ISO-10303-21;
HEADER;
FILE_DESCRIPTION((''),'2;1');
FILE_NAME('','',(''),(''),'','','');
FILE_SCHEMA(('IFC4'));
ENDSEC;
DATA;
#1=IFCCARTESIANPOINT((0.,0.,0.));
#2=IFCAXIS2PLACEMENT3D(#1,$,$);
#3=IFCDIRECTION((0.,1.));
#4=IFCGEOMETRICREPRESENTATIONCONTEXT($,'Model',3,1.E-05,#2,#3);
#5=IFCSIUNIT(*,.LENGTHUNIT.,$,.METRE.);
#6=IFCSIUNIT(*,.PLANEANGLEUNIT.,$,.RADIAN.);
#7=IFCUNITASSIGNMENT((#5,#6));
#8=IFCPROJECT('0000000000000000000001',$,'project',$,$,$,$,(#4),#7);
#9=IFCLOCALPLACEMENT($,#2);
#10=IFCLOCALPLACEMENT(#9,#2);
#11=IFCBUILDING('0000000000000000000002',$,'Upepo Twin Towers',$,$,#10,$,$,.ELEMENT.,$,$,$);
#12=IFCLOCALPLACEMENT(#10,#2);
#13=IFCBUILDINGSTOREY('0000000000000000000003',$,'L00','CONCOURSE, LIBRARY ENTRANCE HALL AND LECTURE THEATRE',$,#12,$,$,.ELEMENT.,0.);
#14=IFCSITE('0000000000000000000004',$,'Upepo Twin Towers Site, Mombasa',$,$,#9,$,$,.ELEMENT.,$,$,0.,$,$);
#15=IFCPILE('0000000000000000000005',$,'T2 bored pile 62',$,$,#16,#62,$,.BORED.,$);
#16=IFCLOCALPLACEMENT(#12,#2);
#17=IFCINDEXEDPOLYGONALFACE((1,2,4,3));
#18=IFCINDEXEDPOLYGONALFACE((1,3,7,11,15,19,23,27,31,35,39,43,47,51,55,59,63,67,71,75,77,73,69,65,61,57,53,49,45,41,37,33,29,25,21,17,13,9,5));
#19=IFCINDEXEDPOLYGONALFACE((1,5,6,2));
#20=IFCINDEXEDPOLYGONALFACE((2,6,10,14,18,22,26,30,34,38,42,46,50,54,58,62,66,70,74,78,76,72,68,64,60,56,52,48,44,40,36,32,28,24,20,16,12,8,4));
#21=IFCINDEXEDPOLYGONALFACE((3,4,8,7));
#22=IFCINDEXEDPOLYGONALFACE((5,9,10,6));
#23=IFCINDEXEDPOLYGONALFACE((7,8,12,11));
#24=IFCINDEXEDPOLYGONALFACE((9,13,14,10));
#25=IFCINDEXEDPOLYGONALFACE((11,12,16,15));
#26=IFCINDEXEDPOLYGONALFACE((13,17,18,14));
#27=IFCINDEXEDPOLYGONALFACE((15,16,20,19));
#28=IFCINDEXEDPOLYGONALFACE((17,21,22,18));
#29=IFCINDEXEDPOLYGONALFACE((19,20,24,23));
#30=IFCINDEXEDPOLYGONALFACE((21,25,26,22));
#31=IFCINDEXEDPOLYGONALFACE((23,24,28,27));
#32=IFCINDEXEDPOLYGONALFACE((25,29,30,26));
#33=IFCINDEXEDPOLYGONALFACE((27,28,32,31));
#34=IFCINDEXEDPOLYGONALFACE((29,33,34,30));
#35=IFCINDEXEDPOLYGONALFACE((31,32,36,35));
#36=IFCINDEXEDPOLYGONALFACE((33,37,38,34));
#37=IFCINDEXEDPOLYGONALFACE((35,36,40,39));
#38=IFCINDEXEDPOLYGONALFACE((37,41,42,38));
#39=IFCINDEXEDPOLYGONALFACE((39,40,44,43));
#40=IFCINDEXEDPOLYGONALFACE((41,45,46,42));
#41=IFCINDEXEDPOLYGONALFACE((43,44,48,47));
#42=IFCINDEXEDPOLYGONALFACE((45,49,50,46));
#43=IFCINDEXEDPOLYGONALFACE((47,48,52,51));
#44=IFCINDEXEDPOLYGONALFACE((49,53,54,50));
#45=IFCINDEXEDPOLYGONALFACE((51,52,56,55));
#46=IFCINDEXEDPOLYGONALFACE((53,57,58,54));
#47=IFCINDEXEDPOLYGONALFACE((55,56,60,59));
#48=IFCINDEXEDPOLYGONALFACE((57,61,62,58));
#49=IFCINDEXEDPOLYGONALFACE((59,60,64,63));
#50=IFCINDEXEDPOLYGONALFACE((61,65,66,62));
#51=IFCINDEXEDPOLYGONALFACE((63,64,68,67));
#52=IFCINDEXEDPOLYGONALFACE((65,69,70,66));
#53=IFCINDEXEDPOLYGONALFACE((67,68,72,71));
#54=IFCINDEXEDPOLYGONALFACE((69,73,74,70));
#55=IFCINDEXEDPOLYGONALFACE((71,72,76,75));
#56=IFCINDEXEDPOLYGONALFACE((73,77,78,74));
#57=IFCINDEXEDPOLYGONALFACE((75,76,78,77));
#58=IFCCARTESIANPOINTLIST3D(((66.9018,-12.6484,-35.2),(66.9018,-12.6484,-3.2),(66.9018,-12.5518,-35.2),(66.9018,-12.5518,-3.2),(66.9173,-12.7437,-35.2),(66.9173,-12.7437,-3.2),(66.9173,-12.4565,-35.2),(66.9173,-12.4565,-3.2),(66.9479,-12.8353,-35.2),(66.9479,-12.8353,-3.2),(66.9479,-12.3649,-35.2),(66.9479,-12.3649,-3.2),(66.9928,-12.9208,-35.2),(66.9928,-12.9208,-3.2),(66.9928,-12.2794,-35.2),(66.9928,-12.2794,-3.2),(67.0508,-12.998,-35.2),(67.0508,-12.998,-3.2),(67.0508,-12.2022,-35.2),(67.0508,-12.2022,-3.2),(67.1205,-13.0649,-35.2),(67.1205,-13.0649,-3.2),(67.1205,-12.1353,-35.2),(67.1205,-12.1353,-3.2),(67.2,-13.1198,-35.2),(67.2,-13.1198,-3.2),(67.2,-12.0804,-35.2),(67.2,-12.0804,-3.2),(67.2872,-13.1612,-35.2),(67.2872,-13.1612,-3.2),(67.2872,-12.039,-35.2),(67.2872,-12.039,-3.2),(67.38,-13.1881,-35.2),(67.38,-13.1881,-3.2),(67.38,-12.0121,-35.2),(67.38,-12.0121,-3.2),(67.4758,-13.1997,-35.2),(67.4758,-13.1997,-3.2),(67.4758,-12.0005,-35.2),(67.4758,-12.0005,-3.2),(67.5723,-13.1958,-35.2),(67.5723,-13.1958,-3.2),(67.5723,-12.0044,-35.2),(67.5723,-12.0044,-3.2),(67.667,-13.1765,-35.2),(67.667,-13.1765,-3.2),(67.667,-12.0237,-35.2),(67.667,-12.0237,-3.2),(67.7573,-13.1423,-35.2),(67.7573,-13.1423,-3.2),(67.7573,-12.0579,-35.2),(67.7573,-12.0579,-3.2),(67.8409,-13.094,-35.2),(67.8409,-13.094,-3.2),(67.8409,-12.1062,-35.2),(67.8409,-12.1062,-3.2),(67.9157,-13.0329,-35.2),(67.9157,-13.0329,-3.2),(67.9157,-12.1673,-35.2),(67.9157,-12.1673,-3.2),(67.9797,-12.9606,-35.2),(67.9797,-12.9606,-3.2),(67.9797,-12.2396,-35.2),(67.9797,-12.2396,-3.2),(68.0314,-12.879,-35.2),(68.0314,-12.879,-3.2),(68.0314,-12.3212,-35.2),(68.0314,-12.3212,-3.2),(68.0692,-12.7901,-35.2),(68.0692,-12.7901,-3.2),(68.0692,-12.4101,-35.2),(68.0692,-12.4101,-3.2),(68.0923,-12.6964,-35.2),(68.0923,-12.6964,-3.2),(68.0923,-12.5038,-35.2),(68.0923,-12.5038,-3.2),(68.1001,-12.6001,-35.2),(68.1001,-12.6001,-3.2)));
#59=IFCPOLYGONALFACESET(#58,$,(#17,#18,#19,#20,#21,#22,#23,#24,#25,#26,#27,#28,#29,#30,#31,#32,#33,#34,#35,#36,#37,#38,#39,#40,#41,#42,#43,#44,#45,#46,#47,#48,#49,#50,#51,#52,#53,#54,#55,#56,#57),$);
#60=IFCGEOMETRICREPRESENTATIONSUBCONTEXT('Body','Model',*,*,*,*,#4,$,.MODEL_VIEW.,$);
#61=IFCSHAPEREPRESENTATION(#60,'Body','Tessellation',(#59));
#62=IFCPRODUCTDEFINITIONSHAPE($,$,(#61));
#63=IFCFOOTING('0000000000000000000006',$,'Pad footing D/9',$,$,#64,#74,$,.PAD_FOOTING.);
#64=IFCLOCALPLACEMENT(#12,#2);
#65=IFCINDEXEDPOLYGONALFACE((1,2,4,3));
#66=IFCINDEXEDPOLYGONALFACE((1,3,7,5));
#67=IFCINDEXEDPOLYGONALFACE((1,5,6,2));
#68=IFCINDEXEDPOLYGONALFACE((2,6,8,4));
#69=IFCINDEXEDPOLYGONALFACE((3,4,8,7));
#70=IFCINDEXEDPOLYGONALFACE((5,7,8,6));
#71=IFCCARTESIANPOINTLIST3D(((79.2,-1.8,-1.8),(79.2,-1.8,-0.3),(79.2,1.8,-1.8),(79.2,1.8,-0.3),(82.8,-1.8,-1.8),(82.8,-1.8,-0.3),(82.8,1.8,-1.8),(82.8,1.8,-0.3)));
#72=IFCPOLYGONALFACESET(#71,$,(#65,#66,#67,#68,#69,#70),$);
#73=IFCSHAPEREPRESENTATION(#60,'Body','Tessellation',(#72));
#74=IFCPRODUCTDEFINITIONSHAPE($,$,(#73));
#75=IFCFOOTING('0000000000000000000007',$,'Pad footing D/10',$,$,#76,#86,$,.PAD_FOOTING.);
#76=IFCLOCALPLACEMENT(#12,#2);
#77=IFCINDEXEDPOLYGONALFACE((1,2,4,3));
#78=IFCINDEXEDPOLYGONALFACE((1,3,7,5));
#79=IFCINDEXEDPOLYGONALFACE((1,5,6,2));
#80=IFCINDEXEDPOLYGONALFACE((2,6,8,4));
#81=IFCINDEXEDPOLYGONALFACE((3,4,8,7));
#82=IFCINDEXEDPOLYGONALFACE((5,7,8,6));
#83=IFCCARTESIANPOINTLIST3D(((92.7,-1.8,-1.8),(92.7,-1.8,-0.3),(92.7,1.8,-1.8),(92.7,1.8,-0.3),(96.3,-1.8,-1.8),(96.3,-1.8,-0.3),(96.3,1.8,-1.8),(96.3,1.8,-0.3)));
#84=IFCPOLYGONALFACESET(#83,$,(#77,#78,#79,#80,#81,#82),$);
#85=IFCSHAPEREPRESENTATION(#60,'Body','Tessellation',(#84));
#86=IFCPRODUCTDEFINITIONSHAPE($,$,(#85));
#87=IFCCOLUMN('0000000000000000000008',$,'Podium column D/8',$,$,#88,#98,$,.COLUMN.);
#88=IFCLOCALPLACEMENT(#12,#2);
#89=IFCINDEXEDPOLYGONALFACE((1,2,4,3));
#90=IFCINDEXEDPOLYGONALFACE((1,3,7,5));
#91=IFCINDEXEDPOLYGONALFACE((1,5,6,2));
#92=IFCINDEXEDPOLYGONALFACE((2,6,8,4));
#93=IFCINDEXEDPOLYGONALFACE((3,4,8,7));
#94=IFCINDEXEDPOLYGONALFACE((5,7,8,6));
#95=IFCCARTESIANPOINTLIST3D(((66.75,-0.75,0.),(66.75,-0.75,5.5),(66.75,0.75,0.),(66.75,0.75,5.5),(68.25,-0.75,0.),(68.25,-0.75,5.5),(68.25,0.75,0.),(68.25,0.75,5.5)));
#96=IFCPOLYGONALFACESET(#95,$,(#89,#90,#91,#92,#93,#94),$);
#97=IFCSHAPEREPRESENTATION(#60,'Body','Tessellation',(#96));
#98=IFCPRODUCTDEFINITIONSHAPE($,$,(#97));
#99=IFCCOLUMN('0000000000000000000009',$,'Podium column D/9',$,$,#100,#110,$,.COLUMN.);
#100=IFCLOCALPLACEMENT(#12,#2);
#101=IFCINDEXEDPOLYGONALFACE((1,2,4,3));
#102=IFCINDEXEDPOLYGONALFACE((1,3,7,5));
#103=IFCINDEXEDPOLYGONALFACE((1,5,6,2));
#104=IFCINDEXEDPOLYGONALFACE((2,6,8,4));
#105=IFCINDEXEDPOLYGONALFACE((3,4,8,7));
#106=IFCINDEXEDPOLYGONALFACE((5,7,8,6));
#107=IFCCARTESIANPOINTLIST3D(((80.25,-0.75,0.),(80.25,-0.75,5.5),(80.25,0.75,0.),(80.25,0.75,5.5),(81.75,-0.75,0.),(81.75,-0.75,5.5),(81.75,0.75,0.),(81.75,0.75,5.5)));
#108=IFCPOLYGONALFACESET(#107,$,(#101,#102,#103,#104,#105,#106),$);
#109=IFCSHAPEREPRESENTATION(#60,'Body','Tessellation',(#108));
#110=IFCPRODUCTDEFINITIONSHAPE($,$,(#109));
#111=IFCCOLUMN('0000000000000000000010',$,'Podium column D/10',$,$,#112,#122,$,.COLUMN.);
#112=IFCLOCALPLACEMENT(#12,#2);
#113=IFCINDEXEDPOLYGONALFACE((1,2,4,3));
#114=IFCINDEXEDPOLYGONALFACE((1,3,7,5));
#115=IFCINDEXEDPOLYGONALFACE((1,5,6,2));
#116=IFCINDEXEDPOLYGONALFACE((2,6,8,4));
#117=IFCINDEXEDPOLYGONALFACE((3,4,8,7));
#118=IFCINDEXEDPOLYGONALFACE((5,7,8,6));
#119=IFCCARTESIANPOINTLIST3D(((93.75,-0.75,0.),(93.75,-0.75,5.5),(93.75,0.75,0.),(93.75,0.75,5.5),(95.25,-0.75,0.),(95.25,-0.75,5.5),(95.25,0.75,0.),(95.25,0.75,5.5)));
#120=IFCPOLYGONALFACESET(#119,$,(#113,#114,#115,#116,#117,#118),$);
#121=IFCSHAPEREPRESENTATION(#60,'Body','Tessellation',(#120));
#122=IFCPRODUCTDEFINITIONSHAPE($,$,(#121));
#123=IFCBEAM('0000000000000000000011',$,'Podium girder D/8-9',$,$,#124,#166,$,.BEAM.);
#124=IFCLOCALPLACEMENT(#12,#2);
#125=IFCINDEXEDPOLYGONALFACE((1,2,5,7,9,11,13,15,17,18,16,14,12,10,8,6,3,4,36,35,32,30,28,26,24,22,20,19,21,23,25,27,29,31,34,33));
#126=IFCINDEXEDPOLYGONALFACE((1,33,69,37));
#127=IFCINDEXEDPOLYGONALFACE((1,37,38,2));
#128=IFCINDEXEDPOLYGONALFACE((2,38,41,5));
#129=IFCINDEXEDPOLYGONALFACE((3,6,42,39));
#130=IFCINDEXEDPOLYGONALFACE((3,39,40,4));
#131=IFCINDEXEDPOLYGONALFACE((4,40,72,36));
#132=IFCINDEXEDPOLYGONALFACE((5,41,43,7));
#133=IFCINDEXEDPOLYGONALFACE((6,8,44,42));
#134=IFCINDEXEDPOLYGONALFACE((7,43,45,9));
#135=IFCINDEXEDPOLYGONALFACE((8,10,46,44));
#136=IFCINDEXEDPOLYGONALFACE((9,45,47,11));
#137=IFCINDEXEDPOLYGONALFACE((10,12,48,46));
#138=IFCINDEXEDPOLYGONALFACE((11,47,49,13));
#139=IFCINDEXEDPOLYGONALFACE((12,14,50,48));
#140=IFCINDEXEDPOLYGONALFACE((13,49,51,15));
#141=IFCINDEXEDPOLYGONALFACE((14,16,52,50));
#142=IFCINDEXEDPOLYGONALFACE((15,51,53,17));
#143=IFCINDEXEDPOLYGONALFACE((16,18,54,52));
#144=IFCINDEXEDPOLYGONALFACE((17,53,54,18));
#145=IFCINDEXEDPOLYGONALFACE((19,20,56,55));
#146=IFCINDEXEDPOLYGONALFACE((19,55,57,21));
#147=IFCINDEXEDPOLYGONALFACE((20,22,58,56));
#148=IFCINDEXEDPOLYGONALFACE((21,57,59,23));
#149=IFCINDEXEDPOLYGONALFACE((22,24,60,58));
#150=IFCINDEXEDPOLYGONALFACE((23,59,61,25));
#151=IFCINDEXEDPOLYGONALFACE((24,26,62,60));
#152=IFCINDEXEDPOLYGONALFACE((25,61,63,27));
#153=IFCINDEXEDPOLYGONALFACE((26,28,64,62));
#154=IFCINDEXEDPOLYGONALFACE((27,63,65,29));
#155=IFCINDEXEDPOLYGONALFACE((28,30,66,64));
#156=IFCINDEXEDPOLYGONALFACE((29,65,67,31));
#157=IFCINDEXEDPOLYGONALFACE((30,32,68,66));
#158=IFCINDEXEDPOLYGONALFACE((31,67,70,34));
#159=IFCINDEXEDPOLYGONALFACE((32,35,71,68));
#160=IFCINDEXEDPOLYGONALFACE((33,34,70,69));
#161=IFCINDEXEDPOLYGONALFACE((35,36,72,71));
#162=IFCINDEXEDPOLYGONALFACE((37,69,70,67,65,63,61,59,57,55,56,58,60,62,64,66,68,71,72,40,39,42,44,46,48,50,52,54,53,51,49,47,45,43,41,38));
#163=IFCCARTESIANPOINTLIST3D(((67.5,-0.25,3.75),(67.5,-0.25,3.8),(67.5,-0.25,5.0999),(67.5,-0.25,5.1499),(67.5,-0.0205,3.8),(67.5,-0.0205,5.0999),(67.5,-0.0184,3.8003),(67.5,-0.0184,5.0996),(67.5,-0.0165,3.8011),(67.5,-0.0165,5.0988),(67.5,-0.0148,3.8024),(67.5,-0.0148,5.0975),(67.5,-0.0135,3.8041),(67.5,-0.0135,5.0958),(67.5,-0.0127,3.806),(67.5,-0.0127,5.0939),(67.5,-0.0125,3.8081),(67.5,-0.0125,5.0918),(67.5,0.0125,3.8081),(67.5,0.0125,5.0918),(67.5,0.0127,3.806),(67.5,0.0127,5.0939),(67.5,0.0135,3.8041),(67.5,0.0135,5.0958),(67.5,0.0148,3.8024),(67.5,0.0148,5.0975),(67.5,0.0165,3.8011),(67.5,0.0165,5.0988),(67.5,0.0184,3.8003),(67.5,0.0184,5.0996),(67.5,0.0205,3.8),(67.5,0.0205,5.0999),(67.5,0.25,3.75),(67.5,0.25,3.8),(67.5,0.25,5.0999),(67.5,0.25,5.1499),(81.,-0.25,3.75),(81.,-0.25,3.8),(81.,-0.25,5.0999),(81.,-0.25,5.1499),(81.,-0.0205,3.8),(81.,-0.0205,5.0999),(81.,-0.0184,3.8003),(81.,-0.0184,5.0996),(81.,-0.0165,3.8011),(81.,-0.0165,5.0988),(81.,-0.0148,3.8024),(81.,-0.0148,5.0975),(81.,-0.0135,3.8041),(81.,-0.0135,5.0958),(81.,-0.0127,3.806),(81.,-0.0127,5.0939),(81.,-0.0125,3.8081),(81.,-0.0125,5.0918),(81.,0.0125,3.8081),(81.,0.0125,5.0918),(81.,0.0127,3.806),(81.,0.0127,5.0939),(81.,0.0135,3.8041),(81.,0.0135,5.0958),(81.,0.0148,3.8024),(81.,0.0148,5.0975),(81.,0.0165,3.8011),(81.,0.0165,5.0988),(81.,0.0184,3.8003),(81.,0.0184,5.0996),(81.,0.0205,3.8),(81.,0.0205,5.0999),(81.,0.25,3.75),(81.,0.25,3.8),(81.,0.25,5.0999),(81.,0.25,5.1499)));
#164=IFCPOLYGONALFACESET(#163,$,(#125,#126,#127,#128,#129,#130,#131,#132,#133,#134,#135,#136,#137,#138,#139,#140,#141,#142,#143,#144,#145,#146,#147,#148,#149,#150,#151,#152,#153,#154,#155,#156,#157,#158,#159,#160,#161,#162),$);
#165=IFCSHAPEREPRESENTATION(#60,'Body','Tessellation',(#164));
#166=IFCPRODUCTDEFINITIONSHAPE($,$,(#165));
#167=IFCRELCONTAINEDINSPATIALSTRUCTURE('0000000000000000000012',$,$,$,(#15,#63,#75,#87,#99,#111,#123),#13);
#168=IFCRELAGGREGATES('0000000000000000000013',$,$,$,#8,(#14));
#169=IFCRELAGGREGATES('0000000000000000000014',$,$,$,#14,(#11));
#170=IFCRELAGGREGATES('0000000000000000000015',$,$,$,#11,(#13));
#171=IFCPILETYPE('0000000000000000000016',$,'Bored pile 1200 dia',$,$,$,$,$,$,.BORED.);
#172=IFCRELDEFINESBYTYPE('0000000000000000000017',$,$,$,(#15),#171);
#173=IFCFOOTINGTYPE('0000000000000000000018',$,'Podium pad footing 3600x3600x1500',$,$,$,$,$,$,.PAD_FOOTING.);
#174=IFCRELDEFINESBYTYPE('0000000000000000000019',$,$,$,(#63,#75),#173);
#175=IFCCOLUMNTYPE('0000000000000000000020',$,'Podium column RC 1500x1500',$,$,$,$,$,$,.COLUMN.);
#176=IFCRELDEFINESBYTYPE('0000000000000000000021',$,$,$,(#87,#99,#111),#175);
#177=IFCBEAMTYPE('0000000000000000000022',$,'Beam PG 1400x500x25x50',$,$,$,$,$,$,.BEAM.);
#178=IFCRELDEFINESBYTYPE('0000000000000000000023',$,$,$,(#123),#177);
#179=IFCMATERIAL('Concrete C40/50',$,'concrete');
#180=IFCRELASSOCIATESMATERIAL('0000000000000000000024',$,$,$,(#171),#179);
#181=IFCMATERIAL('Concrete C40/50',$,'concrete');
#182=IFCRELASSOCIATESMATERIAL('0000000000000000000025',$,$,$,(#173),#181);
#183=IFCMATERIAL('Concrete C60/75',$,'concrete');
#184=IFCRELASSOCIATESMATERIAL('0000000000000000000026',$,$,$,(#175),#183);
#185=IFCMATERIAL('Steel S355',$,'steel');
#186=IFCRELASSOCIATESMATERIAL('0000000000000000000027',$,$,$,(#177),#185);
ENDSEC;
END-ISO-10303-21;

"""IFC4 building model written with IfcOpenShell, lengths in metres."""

from ifc_helpers import new_model, si_unit, direction, frame, origin, origin_2d, place, context, subcontext, project, spatial, rectangle, circle, i_section, extrude, material, material_profile, profile_set, type_object, element, save


model = new_model("IFC4")

# Units and contexts
model_context = context("Model", 3, precision=1e-05, world=origin(), true_north=direction((0.0, 1.0)))
body_context = subcontext(model_context, "Body", "Model", "MODEL_VIEW")
ifc_project = project(units=[si_unit("LENGTHUNIT", "METRE"), si_unit("PLANEANGLEUNIT", "RADIAN")], contexts=[model_context])

# Site, building, storey
site_placement = place(None, origin())
site = spatial("IfcSite", under=ifc_project, at=site_placement, Name="Upepo Twin Towers Site, Mombasa", CompositionType="ELEMENT", RefElevation=0.0)
building_placement = place(site_placement, origin())
building = spatial("IfcBuilding", under=site, at=building_placement, Name="Upepo Twin Towers", CompositionType="ELEMENT")
storey_placement = place(building_placement, origin())
storey = spatial("IfcBuildingStorey", under=building, at=storey_placement, Name="L00", Description="CONCOURSE, LIBRARY ENTRANCE HALL AND LECTURE THEATRE", CompositionType="ELEMENT", Elevation=0.0)

# Pile
ifc_material_1 = material(Name="Concrete C40/50", Category="concrete")
pile_type = type_object("IfcPileType", Name="Bored pile 1200 dia", PredefinedType="BORED", material=ifc_material_1)
pile_placement = place(storey_placement, frame((67.5, -12.6001, -3.2), z_axis=(0.0, 0.0, -1.0), x_axis=(1.0, 0.0, 0.0)))
element("IfcPile", 1, at=pile_placement, inside=storey, type_object=pile_type, Name="T2 bored pile 62", PredefinedType="BORED", context=body_context, shape_type="SweptSolid", body=[
    extrude(circle(Radius=0.6001, at=origin_2d()), origin(), (0.0, 0.0, 1.0), 32.0),
])

# Footings
ifc_material_2 = material(Name="Concrete C40/50", Category="concrete")
footing_type = type_object("IfcFootingType", Name="Podium pad footing 3600x3600x1500", PredefinedType="PAD_FOOTING", material=ifc_material_2)
for number, where, z_axis, x_axis, name in (
    (2, (81.0, 0.0, -1.8), (0.0, 0.0, 1.0), (1.0, 0.0, 0.0), "Pad footing D/9"),
    (3, (94.5, 0.0, -1.8), (0.0, 0.0, 1.0), (1.0, 0.0, 0.0), "Pad footing D/10"),
):
    element("IfcFooting", number, at=place(storey_placement, frame(where, z_axis=z_axis, x_axis=x_axis)), inside=storey, type_object=footing_type, Name=name, PredefinedType="PAD_FOOTING", context=body_context, shape_type="SweptSolid", body=[
        extrude(rectangle(XDim=3.6001, YDim=3.6001, at=origin_2d()), origin(), (0.0, 0.0, 1.0), 1.5),
    ])

# Columns
ifc_material_3 = material(Name="Concrete C60/75", Category="concrete")
ifc_material_profile_1 = material_profile(ifc_material_3, rectangle(XDim=1.5, YDim=1.5, at=origin_2d()), Name="RC 1500x1500")
ifc_profile_set_1 = profile_set([ifc_material_profile_1], Name="Concrete C60/75")
column_type = type_object("IfcColumnType", Name="Podium column RC 1500x1500", PredefinedType="COLUMN", material=ifc_profile_set_1)
for number, where, z_axis, x_axis, name in (
    (4, (67.5, 0.0, 0.0), (0.0, 0.0, 1.0), (1.0, 0.0, 0.0), "Podium column D/8"),
    (5, (81.0, 0.0, 0.0), (0.0, 0.0, 1.0), (1.0, 0.0, 0.0), "Podium column D/9"),
    (6, (94.5, 0.0, 0.0), (0.0, 0.0, 1.0), (1.0, 0.0, 0.0), "Podium column D/10"),
):
    element("IfcColumn", number, at=place(storey_placement, frame(where, z_axis=z_axis, x_axis=x_axis)), inside=storey, type_object=column_type, Name=name, PredefinedType="COLUMN", context=body_context, shape_type="SweptSolid", body=[
        extrude(rectangle(XDim=1.5, YDim=1.5, at=origin_2d()), origin(), (0.0, 0.0, 1.0), 5.5),
    ])

# Beam
ifc_material_4 = material(Name="Steel S355", Category="steel")
ifc_material_profile_2 = material_profile(ifc_material_4, i_section(OverallWidth=0.5, OverallDepth=1.3999, WebThickness=0.0249, FlangeThickness=0.05, FilletRadius=0.0081, at=origin_2d()), Name="PG 1400x500x25x50")
ifc_profile_set_2 = profile_set([ifc_material_profile_2], Name="Steel S355")
beam_type_1 = type_object("IfcBeamType", Name="Beam PG 1400x500x25x50", PredefinedType="BEAM", material=ifc_profile_set_2)
for number, where, z_axis, x_axis, name in (
    (7, (67.5, 0.0, 4.45), (1.0, 0.0, 0.0), (0.0, 1.0, 0.0), "Podium girder D/8-9"),
):
    element("IfcBeam", number, at=place(storey_placement, frame(where, z_axis=z_axis, x_axis=x_axis)), inside=storey, type_object=beam_type_1, Name=name, PredefinedType="BEAM", context=body_context, shape_type="SweptSolid", body=[
        extrude(i_section(OverallWidth=0.5, OverallDepth=1.3999, WebThickness=0.0249, FlangeThickness=0.05, FilletRadius=0.0081, at=origin_2d()), origin(), (0.0, 0.0, 1.0), 13.5),
    ])

save(model, "model.ifc")
